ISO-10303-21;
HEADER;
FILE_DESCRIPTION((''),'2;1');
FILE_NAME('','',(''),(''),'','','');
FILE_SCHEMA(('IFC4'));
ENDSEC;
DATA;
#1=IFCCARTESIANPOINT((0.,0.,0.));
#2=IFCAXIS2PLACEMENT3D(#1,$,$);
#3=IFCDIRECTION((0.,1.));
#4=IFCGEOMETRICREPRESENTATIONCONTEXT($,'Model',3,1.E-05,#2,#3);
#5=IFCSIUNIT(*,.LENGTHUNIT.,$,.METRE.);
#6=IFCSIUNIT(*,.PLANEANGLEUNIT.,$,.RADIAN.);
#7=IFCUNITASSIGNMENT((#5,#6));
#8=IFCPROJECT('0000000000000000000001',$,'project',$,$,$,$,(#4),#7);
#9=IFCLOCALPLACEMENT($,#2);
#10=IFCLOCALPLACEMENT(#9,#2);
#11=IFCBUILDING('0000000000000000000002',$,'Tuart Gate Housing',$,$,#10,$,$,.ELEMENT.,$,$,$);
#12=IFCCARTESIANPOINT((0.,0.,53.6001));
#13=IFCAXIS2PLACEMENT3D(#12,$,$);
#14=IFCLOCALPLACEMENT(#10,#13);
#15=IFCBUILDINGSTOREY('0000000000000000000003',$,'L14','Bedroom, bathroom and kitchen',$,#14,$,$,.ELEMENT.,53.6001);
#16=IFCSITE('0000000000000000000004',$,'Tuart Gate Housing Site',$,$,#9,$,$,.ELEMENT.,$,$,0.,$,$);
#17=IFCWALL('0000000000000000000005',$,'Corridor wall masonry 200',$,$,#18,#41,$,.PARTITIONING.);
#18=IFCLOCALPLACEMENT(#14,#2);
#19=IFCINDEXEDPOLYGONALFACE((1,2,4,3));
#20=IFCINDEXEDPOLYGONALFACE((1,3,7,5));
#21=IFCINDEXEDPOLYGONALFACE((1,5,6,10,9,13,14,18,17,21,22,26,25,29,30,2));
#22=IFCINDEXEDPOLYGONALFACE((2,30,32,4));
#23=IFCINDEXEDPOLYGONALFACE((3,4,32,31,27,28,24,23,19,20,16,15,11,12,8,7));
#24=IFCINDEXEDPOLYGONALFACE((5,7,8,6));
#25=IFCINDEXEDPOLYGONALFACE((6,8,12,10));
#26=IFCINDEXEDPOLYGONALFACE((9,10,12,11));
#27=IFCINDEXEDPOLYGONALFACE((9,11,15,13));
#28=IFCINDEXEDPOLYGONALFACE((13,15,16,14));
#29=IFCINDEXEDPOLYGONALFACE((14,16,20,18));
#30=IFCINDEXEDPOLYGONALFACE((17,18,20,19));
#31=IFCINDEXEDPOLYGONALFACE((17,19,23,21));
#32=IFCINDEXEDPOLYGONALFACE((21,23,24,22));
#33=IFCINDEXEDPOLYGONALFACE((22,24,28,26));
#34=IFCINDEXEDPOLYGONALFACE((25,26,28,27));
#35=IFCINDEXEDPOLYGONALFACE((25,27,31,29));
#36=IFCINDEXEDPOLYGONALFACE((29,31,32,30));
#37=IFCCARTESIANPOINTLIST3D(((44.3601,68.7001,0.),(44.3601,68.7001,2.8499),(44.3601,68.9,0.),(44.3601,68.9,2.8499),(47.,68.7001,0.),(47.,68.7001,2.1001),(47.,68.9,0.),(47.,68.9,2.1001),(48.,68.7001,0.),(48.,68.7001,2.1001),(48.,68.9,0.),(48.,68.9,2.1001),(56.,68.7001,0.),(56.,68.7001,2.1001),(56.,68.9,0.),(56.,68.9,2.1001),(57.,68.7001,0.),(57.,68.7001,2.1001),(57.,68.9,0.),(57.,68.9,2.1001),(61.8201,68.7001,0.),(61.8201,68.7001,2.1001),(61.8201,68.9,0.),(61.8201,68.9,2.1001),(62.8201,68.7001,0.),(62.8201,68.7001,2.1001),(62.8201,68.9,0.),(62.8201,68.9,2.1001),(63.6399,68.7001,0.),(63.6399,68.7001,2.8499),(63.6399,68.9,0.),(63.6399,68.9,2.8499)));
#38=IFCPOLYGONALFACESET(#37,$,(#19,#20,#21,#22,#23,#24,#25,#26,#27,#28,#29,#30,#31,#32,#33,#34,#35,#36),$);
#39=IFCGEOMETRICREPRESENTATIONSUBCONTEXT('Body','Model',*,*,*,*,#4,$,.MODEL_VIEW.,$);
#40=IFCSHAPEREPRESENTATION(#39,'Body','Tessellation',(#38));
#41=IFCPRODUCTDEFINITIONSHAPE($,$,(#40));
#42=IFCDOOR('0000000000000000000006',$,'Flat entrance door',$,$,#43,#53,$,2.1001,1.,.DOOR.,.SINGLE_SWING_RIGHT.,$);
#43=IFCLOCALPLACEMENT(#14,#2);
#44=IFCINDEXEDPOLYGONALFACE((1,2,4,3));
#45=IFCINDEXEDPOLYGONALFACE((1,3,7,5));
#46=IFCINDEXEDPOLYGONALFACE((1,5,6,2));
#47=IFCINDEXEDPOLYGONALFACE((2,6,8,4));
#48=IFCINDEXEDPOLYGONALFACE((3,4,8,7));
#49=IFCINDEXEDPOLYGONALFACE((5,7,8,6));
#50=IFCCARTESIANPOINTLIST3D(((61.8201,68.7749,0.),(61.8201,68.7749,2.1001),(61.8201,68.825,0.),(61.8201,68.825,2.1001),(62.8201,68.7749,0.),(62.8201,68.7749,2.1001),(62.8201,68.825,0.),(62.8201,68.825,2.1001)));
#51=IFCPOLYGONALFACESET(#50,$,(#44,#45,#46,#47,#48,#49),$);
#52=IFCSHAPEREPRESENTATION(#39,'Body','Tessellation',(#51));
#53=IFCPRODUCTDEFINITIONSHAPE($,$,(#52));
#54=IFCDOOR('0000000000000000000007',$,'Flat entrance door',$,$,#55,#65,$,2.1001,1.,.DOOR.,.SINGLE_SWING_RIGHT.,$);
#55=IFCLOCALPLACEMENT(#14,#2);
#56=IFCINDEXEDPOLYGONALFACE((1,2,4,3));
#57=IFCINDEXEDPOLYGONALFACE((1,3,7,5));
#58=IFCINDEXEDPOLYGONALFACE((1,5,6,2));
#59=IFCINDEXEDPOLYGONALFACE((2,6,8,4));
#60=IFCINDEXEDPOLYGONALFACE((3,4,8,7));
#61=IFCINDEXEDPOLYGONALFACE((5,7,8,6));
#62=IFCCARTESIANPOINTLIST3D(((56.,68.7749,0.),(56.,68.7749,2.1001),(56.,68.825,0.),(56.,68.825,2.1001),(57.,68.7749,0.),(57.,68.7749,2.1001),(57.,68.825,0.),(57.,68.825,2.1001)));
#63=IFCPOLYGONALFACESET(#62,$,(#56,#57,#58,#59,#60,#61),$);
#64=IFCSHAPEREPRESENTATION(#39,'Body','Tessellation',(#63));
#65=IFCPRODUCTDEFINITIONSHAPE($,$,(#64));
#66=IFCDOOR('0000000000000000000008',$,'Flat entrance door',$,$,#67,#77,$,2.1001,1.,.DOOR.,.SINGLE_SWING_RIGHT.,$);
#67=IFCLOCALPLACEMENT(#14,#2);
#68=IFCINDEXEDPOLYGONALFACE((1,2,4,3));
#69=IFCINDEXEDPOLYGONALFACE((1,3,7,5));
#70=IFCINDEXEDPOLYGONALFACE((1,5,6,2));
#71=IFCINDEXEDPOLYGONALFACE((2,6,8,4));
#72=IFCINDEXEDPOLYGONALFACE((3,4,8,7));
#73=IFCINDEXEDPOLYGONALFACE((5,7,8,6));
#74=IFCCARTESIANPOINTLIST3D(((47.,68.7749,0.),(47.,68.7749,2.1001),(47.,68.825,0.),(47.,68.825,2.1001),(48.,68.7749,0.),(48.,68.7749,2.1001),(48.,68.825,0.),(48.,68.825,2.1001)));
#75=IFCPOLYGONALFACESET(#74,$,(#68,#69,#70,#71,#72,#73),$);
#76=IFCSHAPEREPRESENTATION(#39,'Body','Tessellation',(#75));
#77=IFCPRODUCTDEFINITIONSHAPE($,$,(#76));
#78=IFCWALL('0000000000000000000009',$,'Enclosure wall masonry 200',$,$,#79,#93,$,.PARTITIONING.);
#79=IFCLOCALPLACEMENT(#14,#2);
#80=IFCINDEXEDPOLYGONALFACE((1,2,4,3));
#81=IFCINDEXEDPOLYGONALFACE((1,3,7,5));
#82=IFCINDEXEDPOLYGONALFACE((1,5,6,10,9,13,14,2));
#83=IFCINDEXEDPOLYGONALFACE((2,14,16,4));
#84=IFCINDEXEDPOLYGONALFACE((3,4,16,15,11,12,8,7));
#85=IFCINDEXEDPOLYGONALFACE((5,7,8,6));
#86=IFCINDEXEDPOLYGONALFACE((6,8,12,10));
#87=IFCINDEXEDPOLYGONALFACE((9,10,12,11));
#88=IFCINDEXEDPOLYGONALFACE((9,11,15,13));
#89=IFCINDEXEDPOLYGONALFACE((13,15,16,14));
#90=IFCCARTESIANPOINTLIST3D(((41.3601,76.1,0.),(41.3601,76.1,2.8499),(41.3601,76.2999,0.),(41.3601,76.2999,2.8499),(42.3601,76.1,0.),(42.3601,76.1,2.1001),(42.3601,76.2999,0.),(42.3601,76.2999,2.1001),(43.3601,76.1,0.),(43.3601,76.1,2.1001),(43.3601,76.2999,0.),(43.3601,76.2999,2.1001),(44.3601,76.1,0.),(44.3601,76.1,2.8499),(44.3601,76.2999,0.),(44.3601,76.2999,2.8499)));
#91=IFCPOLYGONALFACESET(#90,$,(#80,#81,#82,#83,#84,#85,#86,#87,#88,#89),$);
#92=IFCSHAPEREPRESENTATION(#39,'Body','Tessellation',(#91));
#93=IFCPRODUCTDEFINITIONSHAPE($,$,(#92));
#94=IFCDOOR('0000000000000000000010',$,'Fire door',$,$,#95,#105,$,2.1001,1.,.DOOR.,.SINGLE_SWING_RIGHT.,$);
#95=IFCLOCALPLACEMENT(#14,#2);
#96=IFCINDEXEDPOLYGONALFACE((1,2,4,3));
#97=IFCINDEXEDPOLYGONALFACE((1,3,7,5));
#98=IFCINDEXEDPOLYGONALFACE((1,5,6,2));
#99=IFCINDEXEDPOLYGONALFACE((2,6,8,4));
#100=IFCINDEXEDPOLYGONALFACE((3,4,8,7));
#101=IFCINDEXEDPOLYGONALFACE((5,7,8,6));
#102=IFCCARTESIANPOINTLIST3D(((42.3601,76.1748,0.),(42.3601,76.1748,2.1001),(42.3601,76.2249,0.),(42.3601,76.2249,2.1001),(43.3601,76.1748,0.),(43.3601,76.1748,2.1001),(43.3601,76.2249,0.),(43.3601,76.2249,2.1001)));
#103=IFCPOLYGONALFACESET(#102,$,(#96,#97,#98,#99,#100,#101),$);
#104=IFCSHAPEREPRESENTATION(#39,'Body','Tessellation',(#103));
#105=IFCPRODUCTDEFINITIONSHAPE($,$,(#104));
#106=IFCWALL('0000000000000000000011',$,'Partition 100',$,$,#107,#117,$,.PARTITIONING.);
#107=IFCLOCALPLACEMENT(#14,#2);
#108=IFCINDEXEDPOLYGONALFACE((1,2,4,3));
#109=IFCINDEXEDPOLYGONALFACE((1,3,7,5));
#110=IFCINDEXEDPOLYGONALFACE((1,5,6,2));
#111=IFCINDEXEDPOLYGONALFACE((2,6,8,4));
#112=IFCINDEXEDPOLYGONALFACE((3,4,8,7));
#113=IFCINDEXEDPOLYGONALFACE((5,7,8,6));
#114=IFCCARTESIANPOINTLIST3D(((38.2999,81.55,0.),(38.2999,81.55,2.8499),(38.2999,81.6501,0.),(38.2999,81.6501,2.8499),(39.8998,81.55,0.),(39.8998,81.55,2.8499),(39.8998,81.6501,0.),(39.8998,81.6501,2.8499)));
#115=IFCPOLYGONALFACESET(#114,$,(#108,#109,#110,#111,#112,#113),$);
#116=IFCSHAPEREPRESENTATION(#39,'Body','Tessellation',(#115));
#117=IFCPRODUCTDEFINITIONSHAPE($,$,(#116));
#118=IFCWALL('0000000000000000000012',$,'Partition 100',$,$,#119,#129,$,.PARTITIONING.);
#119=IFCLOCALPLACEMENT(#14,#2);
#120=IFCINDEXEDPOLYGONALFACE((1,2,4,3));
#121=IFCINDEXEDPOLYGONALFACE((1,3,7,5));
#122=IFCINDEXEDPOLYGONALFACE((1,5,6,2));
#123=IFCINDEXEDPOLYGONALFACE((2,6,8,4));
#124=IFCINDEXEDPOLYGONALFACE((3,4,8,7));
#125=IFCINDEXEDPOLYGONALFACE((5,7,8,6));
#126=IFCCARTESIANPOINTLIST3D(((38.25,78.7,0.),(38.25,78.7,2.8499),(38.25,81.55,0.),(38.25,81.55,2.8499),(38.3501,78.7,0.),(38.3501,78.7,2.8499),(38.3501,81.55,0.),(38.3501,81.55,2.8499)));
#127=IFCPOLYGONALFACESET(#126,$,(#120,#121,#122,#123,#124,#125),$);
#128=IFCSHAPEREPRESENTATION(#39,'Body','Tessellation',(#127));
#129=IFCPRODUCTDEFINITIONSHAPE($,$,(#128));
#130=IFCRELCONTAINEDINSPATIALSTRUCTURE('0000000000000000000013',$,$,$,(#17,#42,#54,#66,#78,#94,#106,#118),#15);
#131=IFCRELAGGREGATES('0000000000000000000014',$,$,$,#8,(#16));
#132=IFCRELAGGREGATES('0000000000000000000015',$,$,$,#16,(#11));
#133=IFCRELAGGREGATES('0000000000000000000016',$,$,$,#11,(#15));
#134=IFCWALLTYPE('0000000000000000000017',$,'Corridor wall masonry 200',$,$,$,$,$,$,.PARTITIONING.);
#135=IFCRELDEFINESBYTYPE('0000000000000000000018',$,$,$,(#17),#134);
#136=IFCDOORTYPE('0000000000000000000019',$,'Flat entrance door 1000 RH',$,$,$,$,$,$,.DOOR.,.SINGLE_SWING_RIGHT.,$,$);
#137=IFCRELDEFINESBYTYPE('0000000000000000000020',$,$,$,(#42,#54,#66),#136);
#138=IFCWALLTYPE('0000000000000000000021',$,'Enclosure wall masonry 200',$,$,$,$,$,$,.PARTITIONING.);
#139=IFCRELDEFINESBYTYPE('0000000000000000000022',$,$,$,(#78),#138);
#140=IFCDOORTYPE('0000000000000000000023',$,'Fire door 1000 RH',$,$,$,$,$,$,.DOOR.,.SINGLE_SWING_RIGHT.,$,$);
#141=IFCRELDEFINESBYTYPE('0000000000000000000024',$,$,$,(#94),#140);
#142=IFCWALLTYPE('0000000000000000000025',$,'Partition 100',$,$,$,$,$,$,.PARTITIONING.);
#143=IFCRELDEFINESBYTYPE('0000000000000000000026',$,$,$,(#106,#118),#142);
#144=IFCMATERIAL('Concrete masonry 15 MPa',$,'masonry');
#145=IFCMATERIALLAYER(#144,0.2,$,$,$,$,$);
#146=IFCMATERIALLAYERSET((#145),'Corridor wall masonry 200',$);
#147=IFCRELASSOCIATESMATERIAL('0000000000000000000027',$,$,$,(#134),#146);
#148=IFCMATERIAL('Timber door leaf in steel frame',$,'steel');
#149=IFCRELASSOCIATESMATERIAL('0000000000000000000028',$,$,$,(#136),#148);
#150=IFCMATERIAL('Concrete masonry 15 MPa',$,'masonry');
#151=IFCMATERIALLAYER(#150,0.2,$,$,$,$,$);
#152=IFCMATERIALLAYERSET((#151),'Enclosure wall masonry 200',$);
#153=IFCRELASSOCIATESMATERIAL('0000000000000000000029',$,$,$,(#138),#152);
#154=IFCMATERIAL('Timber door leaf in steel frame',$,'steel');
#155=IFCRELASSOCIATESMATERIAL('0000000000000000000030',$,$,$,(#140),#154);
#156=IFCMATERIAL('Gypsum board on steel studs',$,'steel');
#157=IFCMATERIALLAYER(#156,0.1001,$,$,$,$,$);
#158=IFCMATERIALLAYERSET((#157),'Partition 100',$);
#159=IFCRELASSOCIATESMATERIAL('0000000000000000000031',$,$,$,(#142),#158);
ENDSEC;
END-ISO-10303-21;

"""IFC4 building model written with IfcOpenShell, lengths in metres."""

from ifc_helpers import new_model, si_unit, direction, frame, frame_2d, origin, place, context, subcontext, project, spatial, rectangle, extrude, material, layer, layer_set, type_object, element, fill, save


model = new_model("IFC4")

# Units and contexts
model_context = context("Model", 3, precision=1e-05, world=origin(), true_north=direction((0.0, 1.0)))
body_context = subcontext(model_context, "Body", "Model", "MODEL_VIEW")
ifc_project = project(units=[si_unit("LENGTHUNIT", "METRE"), si_unit("PLANEANGLEUNIT", "RADIAN")], contexts=[model_context])

# Site, building, storey
site_placement = place(None, origin())
site = spatial("IfcSite", under=ifc_project, at=site_placement, Name="Tuart Gate Housing Site", CompositionType="ELEMENT", RefElevation=0.0)
building_placement = place(site_placement, origin())
building = spatial("IfcBuilding", under=site, at=building_placement, Name="Tuart Gate Housing", CompositionType="ELEMENT")
storey_placement = place(building_placement, frame((0.0, 0.0, 53.6001)))
storey = spatial("IfcBuildingStorey", under=building, at=storey_placement, Name="L14", Description="Bedroom, bathroom and kitchen", CompositionType="ELEMENT", Elevation=53.6001)

# Wall, openings, doors
ifc_material_1 = material(Name="Concrete masonry 15 MPa", Category="masonry")
ifc_layer_1 = layer(ifc_material_1, 0.2)
ifc_layer_set_1 = layer_set([ifc_layer_1], Name="Corridor wall masonry 200")
wall_type_1 = type_object("IfcWallType", Name="Corridor wall masonry 200", PredefinedType="PARTITIONING", material=ifc_layer_set_1)
wall_1_placement = place(storey_placement, frame((44.3601, 68.8, 0.0), z_axis=(0.0, 0.0, 1.0), x_axis=(1.0, 0.0, 0.0)))
wall_1 = element("IfcWall", 1, at=wall_1_placement, inside=storey, type_object=wall_type_1, Name="Corridor wall masonry 200", PredefinedType="PARTITIONING", context=body_context, shape_type="SweptSolid", body=[
    extrude(rectangle(XDim=19.2798, YDim=0.2, at=frame_2d((9.6399, 0.0))), origin(), (0.0, 0.0, 1.0), 2.8499),
])
opening_1_placement = place(wall_1_placement, frame((17.46, 0.0, 0.0)))
opening_1 = element("IfcOpeningElement", 2, at=opening_1_placement, cuts=wall_1, PredefinedType="OPENING", context=body_context, shape_type="SweptSolid", body=[
    extrude(rectangle(XDim=1.0, YDim=2.1001, at=frame_2d((0.5, 1.05))), frame((0.0, 0.1099, 0.0), z_axis=(0.0, -1.0, 0.0), x_axis=(1.0, 0.0, 0.0)), (0.0, 0.0, 1.0), 0.22),
])
opening_2_placement = place(wall_1_placement, frame((11.6399, 0.0, 0.0)))
opening_2 = element("IfcOpeningElement", 3, at=opening_2_placement, cuts=wall_1, PredefinedType="OPENING", context=body_context, shape_type="SweptSolid", body=[
    extrude(rectangle(XDim=1.0, YDim=2.1001, at=frame_2d((0.5, 1.05))), frame((0.0, 0.1099, 0.0), z_axis=(0.0, -1.0, 0.0), x_axis=(1.0, 0.0, 0.0)), (0.0, 0.0, 1.0), 0.22),
])
opening_3_placement = place(wall_1_placement, frame((2.6399, 0.0, 0.0)))
opening_3 = element("IfcOpeningElement", 4, at=opening_3_placement, cuts=wall_1, PredefinedType="OPENING", context=body_context, shape_type="SweptSolid", body=[
    extrude(rectangle(XDim=1.0, YDim=2.1001, at=frame_2d((0.5, 1.05))), frame((0.0, 0.1099, 0.0), z_axis=(0.0, -1.0, 0.0), x_axis=(1.0, 0.0, 0.0)), (0.0, 0.0, 1.0), 0.22),
])
ifc_material_2 = material(Name="Timber door leaf in steel frame", Category="steel")
door_type_1 = type_object("IfcDoorType", Name="Flat entrance door 1000 RH", OperationType="SINGLE_SWING_RIGHT", PredefinedType="DOOR", material=ifc_material_2)
door_1_placement = place(opening_1_placement, frame((1.0, 0.0, 0.0), z_axis=(0.0, 0.0, 1.0), x_axis=(-1.0, 0.0, 0.0)))
door_1 = element("IfcDoor", 5, at=door_1_placement, inside=storey, type_object=door_type_1, Name="Flat entrance door", OperationType="SINGLE_SWING_RIGHT", OverallHeight=2.1001, OverallWidth=1.0, PredefinedType="DOOR", context=body_context, shape_type="SweptSolid", body=[
    extrude(rectangle(XDim=1.0, YDim=2.1001, at=frame_2d((0.5, 1.05))), frame((0.0, 0.0251, 0.0), z_axis=(0.0, -1.0, 0.0), x_axis=(1.0, 0.0, 0.0)), (0.0, 0.0, 1.0), 0.05),
])
fill(opening_1, door_1)
door_2_placement = place(opening_2_placement, frame((1.0, 0.0, 0.0), z_axis=(0.0, 0.0, 1.0), x_axis=(-1.0, 0.0, 0.0)))
door_2 = element("IfcDoor", 6, at=door_2_placement, inside=storey, type_object=door_type_1, Name="Flat entrance door", OperationType="SINGLE_SWING_RIGHT", OverallHeight=2.1001, OverallWidth=1.0, PredefinedType="DOOR", context=body_context, shape_type="SweptSolid", body=[
    extrude(rectangle(XDim=1.0, YDim=2.1001, at=frame_2d((0.5, 1.05))), frame((0.0, 0.0251, 0.0), z_axis=(0.0, -1.0, 0.0), x_axis=(1.0, 0.0, 0.0)), (0.0, 0.0, 1.0), 0.05),
])
fill(opening_2, door_2)
door_3_placement = place(opening_3_placement, frame((1.0, 0.0, 0.0), z_axis=(0.0, 0.0, 1.0), x_axis=(-1.0, 0.0, 0.0)))
door_3 = element("IfcDoor", 7, at=door_3_placement, inside=storey, type_object=door_type_1, Name="Flat entrance door", OperationType="SINGLE_SWING_RIGHT", OverallHeight=2.1001, OverallWidth=1.0, PredefinedType="DOOR", context=body_context, shape_type="SweptSolid", body=[
    extrude(rectangle(XDim=1.0, YDim=2.1001, at=frame_2d((0.5, 1.05))), frame((0.0, 0.0251, 0.0), z_axis=(0.0, -1.0, 0.0), x_axis=(1.0, 0.0, 0.0)), (0.0, 0.0, 1.0), 0.05),
])
fill(opening_3, door_3)

# Wall, opening, door
ifc_material_3 = material(Name="Concrete masonry 15 MPa", Category="masonry")
ifc_layer_2 = layer(ifc_material_3, 0.2)
ifc_layer_set_2 = layer_set([ifc_layer_2], Name="Enclosure wall masonry 200")
wall_type_2 = type_object("IfcWallType", Name="Enclosure wall masonry 200", PredefinedType="PARTITIONING", material=ifc_layer_set_2)
wall_2_placement = place(storey_placement, frame((41.3601, 76.2, 0.0), z_axis=(0.0, 0.0, 1.0), x_axis=(1.0, 0.0, 0.0)))
wall_2 = element("IfcWall", 8, at=wall_2_placement, inside=storey, type_object=wall_type_2, Name="Enclosure wall masonry 200", PredefinedType="PARTITIONING", context=body_context, shape_type="SweptSolid", body=[
    extrude(rectangle(XDim=3.0, YDim=0.2, at=frame_2d((1.5, 0.0))), origin(), (0.0, 0.0, 1.0), 2.8499),
])
opening_4_placement = place(wall_2_placement, frame((1.0, 0.0, 0.0)))
opening_4 = element("IfcOpeningElement", 9, at=opening_4_placement, cuts=wall_2, PredefinedType="OPENING", context=body_context, shape_type="SweptSolid", body=[
    extrude(rectangle(XDim=1.0, YDim=2.1001, at=frame_2d((0.5, 1.05))), frame((0.0, 0.1099, 0.0), z_axis=(0.0, -1.0, 0.0), x_axis=(1.0, 0.0, 0.0)), (0.0, 0.0, 1.0), 0.22),
])
ifc_material_4 = material(Name="Timber door leaf in steel frame", Category="steel")
door_type_2 = type_object("IfcDoorType", Name="Fire door 1000 RH", OperationType="SINGLE_SWING_RIGHT", PredefinedType="DOOR", material=ifc_material_4)
door_4_placement = place(opening_4_placement, origin())
door_4 = element("IfcDoor", 10, at=door_4_placement, inside=storey, type_object=door_type_2, Name="Fire door", OperationType="SINGLE_SWING_RIGHT", OverallHeight=2.1001, OverallWidth=1.0, PredefinedType="DOOR", context=body_context, shape_type="SweptSolid", body=[
    extrude(rectangle(XDim=1.0, YDim=2.1001, at=frame_2d((0.5, 1.05))), frame((0.0, 0.0249, 0.0), z_axis=(0.0, -1.0, 0.0), x_axis=(1.0, 0.0, 0.0)), (0.0, 0.0, 1.0), 0.05),
])
fill(opening_4, door_4)

# Walls
ifc_material_5 = material(Name="Gypsum board on steel studs", Category="steel")
ifc_layer_3 = layer(ifc_material_5, 0.1001)
ifc_layer_set_3 = layer_set([ifc_layer_3], Name="Partition 100")
wall_type_3 = type_object("IfcWallType", Name="Partition 100", PredefinedType="PARTITIONING", material=ifc_layer_set_3)
wall_3_placement = place(storey_placement, frame((38.3, 81.6001, 0.0), z_axis=(0.0, 0.0, 1.0), x_axis=(1.0, 0.0, 0.0)))
element("IfcWall", 11, at=wall_3_placement, inside=storey, type_object=wall_type_3, Name="Partition 100", PredefinedType="PARTITIONING", context=body_context, shape_type="SweptSolid", body=[
    extrude(rectangle(XDim=1.5999, YDim=0.1001, at=frame_2d((0.7998, 0.0))), origin(), (0.0, 0.0, 1.0), 2.8499),
])
wall_4_placement = place(storey_placement, frame((38.3, 78.7, 0.0), z_axis=(0.0, 0.0, 1.0), x_axis=(0.0, 1.0, 0.0)))
element("IfcWall", 12, at=wall_4_placement, inside=storey, type_object=wall_type_3, Name="Partition 100", PredefinedType="PARTITIONING", context=body_context, shape_type="SweptSolid", body=[
    extrude(rectangle(XDim=2.8501, YDim=0.1001, at=frame_2d((1.425, 0.0))), origin(), (0.0, 0.0, 1.0), 2.8499),
])

save(model, "model.ifc")
